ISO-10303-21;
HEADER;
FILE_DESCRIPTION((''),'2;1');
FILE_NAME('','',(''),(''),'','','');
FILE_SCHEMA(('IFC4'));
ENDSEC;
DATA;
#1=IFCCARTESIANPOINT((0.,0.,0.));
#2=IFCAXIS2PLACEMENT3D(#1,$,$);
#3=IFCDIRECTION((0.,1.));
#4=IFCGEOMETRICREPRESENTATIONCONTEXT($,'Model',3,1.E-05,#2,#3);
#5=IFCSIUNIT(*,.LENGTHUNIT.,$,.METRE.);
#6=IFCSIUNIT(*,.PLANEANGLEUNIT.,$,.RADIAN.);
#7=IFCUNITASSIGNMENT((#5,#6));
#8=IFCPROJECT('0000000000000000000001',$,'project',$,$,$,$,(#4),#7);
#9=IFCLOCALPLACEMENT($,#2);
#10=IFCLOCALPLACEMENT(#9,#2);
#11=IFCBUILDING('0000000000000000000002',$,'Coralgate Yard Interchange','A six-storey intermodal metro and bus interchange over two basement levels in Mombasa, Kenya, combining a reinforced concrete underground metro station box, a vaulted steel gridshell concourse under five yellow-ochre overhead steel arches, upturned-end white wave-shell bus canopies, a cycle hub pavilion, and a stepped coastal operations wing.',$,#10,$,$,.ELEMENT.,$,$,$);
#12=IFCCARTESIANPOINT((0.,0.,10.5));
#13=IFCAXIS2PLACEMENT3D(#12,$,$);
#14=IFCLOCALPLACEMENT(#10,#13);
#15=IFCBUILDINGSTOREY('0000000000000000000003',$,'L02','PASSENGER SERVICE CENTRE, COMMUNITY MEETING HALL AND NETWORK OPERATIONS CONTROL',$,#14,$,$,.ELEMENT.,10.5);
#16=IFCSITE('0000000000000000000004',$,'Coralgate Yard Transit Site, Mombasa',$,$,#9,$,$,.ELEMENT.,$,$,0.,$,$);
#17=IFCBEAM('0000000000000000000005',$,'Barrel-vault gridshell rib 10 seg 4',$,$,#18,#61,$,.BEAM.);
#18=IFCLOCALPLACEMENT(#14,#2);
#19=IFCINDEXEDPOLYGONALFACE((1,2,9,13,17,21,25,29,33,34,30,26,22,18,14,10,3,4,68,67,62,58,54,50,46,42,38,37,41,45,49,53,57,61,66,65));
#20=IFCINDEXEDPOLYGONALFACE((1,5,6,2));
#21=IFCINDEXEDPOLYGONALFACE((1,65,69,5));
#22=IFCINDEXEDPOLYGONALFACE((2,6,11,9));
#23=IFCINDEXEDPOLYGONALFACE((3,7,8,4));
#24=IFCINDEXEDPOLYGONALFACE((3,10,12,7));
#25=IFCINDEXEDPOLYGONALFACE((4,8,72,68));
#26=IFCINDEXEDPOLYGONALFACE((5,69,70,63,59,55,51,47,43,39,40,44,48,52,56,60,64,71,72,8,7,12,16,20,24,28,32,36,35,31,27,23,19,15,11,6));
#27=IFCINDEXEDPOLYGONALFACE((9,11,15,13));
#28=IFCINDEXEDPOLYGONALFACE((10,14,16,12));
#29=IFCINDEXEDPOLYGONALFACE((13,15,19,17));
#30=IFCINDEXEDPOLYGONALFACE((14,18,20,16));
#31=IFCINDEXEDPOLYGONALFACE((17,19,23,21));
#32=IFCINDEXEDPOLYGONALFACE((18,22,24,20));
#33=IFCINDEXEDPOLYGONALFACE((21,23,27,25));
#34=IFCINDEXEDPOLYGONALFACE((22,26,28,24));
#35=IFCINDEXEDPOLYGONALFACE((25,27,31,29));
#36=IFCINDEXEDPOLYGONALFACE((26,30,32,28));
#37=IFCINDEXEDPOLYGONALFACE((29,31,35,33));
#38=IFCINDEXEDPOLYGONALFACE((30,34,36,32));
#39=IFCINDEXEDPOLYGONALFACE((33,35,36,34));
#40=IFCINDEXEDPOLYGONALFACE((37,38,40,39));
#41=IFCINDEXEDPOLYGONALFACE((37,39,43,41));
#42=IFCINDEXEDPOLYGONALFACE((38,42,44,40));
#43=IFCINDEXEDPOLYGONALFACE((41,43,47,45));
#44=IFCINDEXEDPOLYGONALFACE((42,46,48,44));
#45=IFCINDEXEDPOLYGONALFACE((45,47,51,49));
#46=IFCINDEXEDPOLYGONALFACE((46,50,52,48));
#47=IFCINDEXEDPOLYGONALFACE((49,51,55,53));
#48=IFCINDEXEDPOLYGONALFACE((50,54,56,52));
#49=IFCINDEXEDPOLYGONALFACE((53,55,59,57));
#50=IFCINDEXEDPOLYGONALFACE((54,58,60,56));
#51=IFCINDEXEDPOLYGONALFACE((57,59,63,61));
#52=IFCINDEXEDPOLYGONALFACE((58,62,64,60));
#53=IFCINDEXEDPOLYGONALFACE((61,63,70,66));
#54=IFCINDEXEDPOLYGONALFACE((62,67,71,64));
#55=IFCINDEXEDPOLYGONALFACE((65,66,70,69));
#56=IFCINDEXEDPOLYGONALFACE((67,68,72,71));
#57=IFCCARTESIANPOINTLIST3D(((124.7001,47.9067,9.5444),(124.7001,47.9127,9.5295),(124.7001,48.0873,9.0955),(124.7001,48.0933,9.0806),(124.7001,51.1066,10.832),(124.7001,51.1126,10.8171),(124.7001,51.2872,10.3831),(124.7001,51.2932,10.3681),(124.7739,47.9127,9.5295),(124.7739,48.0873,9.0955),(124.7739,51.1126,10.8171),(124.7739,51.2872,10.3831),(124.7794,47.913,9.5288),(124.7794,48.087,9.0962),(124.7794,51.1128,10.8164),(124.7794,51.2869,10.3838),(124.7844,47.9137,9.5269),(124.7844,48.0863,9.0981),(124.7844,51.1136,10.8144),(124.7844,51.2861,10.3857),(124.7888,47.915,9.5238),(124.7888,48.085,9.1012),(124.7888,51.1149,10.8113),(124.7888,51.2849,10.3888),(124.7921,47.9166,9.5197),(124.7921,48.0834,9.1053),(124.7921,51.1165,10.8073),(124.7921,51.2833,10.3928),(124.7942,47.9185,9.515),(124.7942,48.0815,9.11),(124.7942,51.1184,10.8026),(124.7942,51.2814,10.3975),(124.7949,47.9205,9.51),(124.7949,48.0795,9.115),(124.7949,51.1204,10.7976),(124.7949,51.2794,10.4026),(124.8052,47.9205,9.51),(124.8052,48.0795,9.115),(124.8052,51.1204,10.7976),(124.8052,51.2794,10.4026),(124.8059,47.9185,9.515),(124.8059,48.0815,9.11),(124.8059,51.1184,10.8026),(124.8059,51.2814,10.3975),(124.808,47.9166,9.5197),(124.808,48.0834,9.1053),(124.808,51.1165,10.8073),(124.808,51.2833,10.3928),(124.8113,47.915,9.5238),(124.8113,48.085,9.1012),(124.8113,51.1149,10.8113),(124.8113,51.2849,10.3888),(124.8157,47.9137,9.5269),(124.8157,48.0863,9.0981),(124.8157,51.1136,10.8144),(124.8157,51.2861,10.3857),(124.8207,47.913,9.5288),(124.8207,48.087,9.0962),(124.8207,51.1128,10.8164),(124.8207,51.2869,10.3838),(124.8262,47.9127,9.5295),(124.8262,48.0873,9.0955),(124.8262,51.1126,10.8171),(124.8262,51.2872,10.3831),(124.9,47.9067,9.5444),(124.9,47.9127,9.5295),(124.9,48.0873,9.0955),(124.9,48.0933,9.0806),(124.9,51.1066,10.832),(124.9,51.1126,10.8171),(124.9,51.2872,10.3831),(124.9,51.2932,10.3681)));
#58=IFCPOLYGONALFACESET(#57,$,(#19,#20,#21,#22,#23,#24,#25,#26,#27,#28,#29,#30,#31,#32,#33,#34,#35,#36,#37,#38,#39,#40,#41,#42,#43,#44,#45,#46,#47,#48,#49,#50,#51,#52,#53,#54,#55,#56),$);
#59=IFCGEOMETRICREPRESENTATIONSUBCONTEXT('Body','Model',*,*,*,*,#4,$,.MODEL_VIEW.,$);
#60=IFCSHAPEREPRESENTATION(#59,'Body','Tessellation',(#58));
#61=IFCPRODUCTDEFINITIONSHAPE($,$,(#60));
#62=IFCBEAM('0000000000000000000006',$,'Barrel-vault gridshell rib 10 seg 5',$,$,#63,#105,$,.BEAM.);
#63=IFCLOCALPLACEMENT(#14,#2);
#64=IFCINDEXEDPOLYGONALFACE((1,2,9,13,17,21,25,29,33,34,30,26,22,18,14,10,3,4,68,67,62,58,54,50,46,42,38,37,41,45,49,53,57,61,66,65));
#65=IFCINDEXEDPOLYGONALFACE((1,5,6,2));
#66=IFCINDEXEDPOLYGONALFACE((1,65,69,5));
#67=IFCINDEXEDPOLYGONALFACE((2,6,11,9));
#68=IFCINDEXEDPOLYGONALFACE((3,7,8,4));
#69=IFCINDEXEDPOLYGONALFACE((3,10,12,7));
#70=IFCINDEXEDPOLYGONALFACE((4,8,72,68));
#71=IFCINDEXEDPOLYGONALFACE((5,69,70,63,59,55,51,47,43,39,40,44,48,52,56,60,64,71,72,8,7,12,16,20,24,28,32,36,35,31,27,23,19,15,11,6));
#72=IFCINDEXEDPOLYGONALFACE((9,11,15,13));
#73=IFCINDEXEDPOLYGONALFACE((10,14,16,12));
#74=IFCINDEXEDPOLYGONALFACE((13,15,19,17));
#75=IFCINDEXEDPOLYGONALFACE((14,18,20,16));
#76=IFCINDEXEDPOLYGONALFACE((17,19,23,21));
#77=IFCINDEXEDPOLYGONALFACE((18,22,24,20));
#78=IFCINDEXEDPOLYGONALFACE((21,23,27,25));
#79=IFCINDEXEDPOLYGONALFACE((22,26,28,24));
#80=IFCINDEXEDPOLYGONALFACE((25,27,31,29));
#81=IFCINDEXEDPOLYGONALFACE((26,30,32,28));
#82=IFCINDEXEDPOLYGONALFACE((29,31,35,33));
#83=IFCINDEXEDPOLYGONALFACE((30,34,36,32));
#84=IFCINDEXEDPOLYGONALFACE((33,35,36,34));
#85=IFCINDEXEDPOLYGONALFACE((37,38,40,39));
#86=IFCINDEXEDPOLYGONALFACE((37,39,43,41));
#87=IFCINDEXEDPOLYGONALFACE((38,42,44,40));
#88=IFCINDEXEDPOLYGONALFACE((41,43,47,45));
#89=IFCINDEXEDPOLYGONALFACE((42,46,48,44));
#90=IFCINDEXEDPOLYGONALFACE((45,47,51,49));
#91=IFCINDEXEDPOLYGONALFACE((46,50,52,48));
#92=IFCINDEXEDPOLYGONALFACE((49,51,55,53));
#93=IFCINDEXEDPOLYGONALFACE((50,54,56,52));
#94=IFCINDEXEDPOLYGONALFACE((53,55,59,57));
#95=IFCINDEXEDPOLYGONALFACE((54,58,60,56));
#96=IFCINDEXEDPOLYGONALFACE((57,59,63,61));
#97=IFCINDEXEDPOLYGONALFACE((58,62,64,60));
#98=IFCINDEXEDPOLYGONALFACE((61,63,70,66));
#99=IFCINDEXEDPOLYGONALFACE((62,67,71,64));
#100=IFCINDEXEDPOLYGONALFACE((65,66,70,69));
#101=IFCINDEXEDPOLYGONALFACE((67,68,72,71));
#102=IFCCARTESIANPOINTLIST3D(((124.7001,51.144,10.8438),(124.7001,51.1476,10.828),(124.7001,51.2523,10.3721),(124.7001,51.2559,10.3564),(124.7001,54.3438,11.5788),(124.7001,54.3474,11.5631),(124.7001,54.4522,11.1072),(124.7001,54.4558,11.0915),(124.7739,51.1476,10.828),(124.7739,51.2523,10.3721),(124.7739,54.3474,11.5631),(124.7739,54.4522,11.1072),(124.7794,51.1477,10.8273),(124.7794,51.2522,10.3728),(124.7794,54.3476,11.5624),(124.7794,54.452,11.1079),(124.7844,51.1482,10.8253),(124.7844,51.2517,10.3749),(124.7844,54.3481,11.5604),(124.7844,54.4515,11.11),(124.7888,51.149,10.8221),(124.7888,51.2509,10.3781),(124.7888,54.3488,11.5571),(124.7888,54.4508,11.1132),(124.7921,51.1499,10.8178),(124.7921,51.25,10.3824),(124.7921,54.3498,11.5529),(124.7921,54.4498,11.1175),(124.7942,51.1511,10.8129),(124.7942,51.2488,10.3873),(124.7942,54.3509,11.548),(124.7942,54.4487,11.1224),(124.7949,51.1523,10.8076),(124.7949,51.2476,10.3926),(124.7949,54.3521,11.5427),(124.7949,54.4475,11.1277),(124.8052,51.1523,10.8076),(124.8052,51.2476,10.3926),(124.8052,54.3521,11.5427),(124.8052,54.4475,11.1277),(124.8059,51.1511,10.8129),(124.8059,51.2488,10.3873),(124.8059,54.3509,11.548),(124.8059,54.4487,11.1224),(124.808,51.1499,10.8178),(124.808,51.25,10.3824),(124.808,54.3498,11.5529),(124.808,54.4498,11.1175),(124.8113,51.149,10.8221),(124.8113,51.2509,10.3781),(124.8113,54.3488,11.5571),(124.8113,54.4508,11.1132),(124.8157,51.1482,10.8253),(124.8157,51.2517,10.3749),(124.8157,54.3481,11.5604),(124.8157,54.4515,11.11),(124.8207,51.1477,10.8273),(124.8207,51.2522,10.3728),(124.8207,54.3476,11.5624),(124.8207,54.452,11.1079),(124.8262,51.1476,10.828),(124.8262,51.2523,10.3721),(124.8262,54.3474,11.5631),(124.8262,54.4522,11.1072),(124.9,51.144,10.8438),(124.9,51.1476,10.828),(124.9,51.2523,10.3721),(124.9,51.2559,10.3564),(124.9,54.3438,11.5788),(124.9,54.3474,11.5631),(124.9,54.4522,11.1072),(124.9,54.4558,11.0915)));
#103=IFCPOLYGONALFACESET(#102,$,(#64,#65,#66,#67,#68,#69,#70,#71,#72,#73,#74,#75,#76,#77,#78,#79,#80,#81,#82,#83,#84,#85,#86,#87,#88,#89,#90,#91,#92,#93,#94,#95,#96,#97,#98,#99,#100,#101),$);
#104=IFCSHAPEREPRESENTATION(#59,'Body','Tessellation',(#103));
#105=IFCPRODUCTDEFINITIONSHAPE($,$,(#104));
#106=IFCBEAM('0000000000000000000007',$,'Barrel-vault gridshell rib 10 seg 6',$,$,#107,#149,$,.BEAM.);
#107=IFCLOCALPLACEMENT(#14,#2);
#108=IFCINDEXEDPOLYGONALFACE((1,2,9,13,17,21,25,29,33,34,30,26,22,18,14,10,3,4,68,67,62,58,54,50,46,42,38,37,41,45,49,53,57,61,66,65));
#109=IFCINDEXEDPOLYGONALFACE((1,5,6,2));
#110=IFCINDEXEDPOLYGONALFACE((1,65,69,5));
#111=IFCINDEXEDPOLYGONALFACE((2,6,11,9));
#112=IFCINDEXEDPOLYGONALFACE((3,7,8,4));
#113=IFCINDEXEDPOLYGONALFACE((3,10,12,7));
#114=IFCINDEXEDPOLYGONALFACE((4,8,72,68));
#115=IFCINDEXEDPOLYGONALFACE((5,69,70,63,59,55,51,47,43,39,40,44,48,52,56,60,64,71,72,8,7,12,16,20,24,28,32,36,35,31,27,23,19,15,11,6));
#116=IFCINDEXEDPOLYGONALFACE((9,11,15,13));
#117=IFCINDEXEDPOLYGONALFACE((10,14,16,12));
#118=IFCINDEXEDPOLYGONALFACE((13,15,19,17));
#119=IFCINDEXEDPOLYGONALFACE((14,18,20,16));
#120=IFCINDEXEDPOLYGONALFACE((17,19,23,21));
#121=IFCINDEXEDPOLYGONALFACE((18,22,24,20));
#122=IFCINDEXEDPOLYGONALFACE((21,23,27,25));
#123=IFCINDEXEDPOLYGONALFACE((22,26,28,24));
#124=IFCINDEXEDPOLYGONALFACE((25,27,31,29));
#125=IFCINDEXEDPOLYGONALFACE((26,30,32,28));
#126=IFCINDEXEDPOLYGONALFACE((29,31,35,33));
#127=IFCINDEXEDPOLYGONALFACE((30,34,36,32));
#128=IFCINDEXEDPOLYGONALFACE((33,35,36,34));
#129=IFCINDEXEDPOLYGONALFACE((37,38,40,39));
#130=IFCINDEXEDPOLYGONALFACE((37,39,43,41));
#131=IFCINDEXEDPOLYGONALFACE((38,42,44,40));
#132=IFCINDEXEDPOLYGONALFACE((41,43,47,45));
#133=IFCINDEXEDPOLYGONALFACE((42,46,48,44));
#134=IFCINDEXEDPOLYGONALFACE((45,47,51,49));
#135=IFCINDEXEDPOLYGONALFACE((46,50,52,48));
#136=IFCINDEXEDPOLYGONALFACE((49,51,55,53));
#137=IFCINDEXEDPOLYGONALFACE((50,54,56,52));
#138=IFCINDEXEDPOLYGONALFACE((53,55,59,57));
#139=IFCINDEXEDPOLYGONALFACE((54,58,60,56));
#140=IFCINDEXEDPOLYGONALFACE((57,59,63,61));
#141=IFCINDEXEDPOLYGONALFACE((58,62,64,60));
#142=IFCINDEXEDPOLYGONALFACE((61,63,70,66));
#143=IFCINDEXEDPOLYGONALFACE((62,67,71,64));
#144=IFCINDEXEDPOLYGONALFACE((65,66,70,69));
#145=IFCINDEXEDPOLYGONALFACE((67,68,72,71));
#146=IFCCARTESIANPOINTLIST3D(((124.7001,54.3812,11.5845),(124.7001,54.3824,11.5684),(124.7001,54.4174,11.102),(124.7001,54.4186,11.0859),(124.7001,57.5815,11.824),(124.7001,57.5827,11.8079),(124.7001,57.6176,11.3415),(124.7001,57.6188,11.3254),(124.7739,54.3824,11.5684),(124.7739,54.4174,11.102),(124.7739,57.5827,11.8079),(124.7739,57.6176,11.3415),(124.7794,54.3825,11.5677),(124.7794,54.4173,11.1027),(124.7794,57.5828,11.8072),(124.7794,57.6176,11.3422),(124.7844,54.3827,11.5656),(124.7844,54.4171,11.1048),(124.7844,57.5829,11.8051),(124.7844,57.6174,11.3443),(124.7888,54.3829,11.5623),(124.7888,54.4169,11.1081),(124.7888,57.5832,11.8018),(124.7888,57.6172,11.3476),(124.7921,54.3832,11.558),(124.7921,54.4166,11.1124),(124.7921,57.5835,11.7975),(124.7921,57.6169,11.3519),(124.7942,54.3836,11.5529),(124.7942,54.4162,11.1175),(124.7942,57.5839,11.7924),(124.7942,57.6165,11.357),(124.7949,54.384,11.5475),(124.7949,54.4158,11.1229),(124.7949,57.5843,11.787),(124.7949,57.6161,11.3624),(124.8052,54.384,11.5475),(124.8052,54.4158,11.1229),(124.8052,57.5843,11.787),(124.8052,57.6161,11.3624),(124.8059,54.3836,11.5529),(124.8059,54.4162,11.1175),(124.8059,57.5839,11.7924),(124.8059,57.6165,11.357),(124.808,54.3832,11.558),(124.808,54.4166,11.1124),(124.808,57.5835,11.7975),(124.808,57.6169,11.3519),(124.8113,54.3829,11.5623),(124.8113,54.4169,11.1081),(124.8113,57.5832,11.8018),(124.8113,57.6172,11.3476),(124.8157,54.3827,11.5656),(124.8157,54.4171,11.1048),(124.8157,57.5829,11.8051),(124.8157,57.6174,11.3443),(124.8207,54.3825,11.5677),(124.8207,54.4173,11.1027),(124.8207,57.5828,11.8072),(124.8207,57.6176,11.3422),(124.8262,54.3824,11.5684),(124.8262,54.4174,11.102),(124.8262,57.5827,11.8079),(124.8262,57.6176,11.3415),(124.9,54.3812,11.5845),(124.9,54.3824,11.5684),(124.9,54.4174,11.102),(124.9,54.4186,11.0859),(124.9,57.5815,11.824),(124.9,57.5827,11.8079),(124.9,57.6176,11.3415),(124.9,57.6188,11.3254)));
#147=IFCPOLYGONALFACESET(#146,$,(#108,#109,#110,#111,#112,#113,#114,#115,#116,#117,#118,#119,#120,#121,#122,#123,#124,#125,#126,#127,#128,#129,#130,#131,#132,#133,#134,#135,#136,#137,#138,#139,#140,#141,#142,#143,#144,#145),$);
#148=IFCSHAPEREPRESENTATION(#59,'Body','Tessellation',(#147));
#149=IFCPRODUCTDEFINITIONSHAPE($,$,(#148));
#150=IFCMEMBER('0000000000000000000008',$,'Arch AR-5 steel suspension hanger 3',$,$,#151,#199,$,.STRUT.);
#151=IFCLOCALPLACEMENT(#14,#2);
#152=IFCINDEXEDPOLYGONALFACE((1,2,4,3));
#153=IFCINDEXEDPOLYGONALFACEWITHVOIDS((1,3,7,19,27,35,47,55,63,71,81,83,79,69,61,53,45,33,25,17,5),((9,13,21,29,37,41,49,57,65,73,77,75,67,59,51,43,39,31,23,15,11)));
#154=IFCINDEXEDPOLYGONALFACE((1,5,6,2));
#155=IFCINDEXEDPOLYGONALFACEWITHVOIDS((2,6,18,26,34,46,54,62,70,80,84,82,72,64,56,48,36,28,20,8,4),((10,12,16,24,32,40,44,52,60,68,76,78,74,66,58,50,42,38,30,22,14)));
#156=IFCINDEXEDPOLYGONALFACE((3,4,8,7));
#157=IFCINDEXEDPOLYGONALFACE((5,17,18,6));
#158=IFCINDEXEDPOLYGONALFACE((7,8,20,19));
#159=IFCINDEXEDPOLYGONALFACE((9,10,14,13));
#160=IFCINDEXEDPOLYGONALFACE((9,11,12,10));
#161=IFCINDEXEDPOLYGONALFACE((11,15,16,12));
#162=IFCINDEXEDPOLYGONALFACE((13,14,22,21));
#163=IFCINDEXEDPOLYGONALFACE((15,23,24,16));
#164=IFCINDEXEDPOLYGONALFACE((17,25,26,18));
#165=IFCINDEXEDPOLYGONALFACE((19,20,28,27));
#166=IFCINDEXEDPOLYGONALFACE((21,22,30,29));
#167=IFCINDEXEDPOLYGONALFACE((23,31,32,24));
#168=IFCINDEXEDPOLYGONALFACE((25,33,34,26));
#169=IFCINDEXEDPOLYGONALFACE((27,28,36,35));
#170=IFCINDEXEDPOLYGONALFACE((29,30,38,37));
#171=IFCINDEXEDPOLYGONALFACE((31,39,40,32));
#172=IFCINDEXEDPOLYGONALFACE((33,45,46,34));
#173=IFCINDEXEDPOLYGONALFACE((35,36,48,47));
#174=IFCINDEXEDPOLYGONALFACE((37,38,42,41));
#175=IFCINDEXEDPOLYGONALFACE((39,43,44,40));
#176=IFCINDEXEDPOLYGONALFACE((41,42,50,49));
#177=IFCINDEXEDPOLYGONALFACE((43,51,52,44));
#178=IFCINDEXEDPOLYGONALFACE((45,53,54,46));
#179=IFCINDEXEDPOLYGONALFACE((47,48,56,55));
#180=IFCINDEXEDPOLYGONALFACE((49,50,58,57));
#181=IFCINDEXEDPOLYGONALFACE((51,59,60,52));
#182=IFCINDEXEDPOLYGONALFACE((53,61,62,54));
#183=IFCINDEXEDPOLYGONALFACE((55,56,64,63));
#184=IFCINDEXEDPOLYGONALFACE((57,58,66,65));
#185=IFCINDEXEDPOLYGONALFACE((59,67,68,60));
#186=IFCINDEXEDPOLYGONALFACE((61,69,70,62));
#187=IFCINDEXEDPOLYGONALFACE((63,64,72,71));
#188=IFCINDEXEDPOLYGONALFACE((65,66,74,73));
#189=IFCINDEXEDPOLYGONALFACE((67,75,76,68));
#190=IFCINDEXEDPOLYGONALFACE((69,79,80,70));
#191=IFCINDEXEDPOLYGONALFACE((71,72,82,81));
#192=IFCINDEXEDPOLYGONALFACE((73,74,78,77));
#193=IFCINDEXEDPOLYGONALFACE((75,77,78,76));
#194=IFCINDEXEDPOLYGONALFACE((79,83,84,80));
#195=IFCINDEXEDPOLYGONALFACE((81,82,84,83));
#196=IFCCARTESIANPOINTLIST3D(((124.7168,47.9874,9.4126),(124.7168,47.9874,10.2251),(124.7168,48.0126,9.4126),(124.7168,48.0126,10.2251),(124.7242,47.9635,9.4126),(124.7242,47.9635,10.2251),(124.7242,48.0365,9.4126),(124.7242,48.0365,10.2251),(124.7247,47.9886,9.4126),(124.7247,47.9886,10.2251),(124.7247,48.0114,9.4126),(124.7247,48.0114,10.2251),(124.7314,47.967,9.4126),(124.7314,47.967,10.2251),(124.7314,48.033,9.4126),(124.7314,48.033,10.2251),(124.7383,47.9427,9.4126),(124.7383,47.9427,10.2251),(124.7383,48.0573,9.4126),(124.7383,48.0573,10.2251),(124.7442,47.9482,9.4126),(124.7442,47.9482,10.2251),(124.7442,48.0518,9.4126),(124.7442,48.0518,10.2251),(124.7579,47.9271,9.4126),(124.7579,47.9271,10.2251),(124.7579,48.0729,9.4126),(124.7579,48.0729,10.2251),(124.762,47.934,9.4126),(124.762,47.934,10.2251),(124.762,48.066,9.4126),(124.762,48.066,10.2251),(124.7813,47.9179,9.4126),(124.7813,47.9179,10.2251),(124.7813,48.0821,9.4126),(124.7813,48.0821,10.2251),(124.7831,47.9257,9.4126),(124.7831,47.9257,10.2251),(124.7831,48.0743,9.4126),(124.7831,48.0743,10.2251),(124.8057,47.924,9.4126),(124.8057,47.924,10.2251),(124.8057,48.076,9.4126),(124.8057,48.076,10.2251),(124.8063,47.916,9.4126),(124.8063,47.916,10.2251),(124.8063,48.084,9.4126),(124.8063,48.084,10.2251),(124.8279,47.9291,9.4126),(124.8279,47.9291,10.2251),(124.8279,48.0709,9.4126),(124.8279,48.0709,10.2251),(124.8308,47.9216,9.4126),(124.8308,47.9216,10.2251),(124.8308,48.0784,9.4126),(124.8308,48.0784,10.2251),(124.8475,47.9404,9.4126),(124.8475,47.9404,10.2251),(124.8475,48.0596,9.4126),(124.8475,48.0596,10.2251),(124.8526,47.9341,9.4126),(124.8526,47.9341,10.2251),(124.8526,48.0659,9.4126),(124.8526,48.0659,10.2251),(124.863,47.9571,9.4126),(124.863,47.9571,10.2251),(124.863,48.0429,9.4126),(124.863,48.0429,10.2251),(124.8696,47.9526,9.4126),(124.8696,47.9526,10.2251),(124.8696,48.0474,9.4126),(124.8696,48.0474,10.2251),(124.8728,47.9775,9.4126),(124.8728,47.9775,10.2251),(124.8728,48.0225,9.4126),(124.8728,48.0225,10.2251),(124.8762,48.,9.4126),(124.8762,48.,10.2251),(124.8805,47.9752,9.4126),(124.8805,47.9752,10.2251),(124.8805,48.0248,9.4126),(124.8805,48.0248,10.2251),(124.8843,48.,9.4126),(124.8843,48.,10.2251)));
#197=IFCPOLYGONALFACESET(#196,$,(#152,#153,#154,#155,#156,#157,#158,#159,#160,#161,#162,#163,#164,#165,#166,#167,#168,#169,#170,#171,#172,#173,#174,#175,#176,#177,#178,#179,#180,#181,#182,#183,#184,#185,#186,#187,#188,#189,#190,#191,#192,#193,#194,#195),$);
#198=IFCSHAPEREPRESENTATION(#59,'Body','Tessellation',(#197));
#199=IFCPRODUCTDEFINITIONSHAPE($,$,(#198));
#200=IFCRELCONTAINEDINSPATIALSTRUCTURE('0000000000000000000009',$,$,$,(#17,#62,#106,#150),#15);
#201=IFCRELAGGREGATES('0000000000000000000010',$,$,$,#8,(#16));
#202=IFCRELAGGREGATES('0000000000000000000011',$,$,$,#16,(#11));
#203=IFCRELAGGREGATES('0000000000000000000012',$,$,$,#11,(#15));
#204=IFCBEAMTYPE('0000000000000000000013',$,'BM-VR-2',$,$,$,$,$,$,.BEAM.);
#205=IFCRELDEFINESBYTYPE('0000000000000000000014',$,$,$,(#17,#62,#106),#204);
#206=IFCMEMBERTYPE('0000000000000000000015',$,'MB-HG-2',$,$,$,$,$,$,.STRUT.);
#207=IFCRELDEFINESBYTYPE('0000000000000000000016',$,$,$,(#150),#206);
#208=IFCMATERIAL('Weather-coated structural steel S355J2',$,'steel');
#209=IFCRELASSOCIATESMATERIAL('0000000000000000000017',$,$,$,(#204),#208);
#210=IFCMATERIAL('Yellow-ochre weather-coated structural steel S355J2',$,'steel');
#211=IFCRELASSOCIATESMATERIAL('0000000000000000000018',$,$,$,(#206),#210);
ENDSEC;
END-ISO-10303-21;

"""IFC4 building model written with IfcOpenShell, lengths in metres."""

from ifc_helpers import new_model, si_unit, direction, frame, origin, origin_2d, place, context, subcontext, project, spatial, hollow_circle, i_section, extrude, material, material_profile, profile_set, type_object, element, save


model = new_model("IFC4")

# Units and contexts
model_context = context("Model", 3, precision=1e-05, world=origin(), true_north=direction((0.0, 1.0)))
body_context = subcontext(model_context, "Body", "Model", "MODEL_VIEW")
ifc_project = project(units=[si_unit("LENGTHUNIT", "METRE"), si_unit("PLANEANGLEUNIT", "RADIAN")], contexts=[model_context])

# Site, building, storey
site_placement = place(None, origin())
site = spatial("IfcSite", under=ifc_project, at=site_placement, Name="Coralgate Yard Transit Site, Mombasa", CompositionType="ELEMENT", RefElevation=0.0)
building_placement = place(site_placement, origin())
building = spatial("IfcBuilding", under=site, at=building_placement, Name="Coralgate Yard Interchange", Description="A six-storey intermodal metro and bus interchange over two basement levels in Mombasa, Kenya, combining a reinforced concrete underground metro station box, a vaulted steel gridshell concourse under five yellow-ochre overhead steel arches, upturned-end white wave-shell bus canopies, a cycle hub pavilion, and a stepped coastal operations wing.", CompositionType="ELEMENT")
storey_placement = place(building_placement, frame((0.0, 0.0, 10.5)))
storey = spatial("IfcBuildingStorey", under=building, at=storey_placement, Name="L02", Description="PASSENGER SERVICE CENTRE, COMMUNITY MEETING HALL AND NETWORK OPERATIONS CONTROL", CompositionType="ELEMENT", Elevation=10.5)

# Beams
ifc_material_1 = material(Name="Yellow-ochre weather-coated structural steel S355J2", Category="steel")
ifc_material_2 = material(Name="Weather-coated structural steel S355J2", Category="steel")
ifc_material_profile_1 = material_profile(ifc_material_2, i_section(OverallWidth=0.2, OverallDepth=0.5, WebThickness=0.0103, FlangeThickness=0.0161, FilletRadius=0.021, at=origin_2d()), Name="IPE 500")
ifc_profile_set_1 = profile_set([ifc_material_profile_1], Name="Weather-coated structural steel S355J2")
beam_type_1 = type_object("IfcBeamType", Name="BM-VR-2", PredefinedType="BEAM", material=ifc_profile_set_1)
beam_1_placement = place(storey_placement, frame((124.8, 48.0, 9.3125), z_axis=(0.0, 0.927713, 0.373294), x_axis=(-1.0, 0.0, 0.0)))
element("IfcBeam", 1, at=beam_1_placement, inside=storey, type_object=beam_type_1, Name="Barrel-vault gridshell rib 10 seg 4", PredefinedType="BEAM", context=body_context, shape_type="SweptSolid", body=[
    extrude(i_section(OverallWidth=0.2, OverallDepth=0.5, WebThickness=0.0103, FlangeThickness=0.0161, FilletRadius=0.021, at=origin_2d()), origin(), (0.0, 0.0, 1.0), 3.4492),
])
beam_2_placement = place(storey_placement, frame((124.8, 51.2, 10.6001), z_axis=(0.0, 0.974614, 0.223893), x_axis=(-1.0, 0.0, 0.0)))
element("IfcBeam", 2, at=beam_2_placement, inside=storey, type_object=beam_type_1, Name="Barrel-vault gridshell rib 10 seg 5", PredefinedType="BEAM", context=body_context, shape_type="SweptSolid", body=[
    extrude(i_section(OverallWidth=0.2, OverallDepth=0.5, WebThickness=0.0103, FlangeThickness=0.0161, FilletRadius=0.021, at=origin_2d()), origin(), (0.0, 0.0, 1.0), 3.2832),
])
beam_3_placement = place(storey_placement, frame((124.8, 54.3999, 11.3352), z_axis=(0.0, 0.997211, 0.074631), x_axis=(-1.0, 0.0, 0.0)))
element("IfcBeam", 3, at=beam_3_placement, inside=storey, type_object=beam_type_1, Name="Barrel-vault gridshell rib 10 seg 6", PredefinedType="BEAM", context=body_context, shape_type="SweptSolid", body=[
    extrude(i_section(OverallWidth=0.2, OverallDepth=0.5, WebThickness=0.0103, FlangeThickness=0.0161, FilletRadius=0.021, at=origin_2d()), origin(), (0.0, 0.0, 1.0), 3.2092),
])

# Member
ifc_material_profile_2 = material_profile(ifc_material_1, hollow_circle(Radius=0.0842, WallThickness=0.0081, at=origin_2d()), Name="CHS 168.3x8")
ifc_profile_set_2 = profile_set([ifc_material_profile_2], Name="Yellow-ochre weather-coated structural steel S355J2")
member_type_1 = type_object("IfcMemberType", Name="MB-HG-2", PredefinedType="STRUT", material=ifc_profile_set_2)
member_1_placement = place(storey_placement, frame((124.8, 48.0, 9.4126), z_axis=(0.0, 0.0, 1.0), x_axis=(1.0, 0.0, 0.0)))
element("IfcMember", 4, at=member_1_placement, inside=storey, type_object=member_type_1, Name="Arch AR-5 steel suspension hanger 3", PredefinedType="STRUT", context=body_context, shape_type="SweptSolid", body=[
    extrude(hollow_circle(Radius=0.0842, WallThickness=0.0081, at=origin_2d()), origin(), (0.0, 0.0, 1.0), 0.8125),
])

save(model, "model.ifc")
